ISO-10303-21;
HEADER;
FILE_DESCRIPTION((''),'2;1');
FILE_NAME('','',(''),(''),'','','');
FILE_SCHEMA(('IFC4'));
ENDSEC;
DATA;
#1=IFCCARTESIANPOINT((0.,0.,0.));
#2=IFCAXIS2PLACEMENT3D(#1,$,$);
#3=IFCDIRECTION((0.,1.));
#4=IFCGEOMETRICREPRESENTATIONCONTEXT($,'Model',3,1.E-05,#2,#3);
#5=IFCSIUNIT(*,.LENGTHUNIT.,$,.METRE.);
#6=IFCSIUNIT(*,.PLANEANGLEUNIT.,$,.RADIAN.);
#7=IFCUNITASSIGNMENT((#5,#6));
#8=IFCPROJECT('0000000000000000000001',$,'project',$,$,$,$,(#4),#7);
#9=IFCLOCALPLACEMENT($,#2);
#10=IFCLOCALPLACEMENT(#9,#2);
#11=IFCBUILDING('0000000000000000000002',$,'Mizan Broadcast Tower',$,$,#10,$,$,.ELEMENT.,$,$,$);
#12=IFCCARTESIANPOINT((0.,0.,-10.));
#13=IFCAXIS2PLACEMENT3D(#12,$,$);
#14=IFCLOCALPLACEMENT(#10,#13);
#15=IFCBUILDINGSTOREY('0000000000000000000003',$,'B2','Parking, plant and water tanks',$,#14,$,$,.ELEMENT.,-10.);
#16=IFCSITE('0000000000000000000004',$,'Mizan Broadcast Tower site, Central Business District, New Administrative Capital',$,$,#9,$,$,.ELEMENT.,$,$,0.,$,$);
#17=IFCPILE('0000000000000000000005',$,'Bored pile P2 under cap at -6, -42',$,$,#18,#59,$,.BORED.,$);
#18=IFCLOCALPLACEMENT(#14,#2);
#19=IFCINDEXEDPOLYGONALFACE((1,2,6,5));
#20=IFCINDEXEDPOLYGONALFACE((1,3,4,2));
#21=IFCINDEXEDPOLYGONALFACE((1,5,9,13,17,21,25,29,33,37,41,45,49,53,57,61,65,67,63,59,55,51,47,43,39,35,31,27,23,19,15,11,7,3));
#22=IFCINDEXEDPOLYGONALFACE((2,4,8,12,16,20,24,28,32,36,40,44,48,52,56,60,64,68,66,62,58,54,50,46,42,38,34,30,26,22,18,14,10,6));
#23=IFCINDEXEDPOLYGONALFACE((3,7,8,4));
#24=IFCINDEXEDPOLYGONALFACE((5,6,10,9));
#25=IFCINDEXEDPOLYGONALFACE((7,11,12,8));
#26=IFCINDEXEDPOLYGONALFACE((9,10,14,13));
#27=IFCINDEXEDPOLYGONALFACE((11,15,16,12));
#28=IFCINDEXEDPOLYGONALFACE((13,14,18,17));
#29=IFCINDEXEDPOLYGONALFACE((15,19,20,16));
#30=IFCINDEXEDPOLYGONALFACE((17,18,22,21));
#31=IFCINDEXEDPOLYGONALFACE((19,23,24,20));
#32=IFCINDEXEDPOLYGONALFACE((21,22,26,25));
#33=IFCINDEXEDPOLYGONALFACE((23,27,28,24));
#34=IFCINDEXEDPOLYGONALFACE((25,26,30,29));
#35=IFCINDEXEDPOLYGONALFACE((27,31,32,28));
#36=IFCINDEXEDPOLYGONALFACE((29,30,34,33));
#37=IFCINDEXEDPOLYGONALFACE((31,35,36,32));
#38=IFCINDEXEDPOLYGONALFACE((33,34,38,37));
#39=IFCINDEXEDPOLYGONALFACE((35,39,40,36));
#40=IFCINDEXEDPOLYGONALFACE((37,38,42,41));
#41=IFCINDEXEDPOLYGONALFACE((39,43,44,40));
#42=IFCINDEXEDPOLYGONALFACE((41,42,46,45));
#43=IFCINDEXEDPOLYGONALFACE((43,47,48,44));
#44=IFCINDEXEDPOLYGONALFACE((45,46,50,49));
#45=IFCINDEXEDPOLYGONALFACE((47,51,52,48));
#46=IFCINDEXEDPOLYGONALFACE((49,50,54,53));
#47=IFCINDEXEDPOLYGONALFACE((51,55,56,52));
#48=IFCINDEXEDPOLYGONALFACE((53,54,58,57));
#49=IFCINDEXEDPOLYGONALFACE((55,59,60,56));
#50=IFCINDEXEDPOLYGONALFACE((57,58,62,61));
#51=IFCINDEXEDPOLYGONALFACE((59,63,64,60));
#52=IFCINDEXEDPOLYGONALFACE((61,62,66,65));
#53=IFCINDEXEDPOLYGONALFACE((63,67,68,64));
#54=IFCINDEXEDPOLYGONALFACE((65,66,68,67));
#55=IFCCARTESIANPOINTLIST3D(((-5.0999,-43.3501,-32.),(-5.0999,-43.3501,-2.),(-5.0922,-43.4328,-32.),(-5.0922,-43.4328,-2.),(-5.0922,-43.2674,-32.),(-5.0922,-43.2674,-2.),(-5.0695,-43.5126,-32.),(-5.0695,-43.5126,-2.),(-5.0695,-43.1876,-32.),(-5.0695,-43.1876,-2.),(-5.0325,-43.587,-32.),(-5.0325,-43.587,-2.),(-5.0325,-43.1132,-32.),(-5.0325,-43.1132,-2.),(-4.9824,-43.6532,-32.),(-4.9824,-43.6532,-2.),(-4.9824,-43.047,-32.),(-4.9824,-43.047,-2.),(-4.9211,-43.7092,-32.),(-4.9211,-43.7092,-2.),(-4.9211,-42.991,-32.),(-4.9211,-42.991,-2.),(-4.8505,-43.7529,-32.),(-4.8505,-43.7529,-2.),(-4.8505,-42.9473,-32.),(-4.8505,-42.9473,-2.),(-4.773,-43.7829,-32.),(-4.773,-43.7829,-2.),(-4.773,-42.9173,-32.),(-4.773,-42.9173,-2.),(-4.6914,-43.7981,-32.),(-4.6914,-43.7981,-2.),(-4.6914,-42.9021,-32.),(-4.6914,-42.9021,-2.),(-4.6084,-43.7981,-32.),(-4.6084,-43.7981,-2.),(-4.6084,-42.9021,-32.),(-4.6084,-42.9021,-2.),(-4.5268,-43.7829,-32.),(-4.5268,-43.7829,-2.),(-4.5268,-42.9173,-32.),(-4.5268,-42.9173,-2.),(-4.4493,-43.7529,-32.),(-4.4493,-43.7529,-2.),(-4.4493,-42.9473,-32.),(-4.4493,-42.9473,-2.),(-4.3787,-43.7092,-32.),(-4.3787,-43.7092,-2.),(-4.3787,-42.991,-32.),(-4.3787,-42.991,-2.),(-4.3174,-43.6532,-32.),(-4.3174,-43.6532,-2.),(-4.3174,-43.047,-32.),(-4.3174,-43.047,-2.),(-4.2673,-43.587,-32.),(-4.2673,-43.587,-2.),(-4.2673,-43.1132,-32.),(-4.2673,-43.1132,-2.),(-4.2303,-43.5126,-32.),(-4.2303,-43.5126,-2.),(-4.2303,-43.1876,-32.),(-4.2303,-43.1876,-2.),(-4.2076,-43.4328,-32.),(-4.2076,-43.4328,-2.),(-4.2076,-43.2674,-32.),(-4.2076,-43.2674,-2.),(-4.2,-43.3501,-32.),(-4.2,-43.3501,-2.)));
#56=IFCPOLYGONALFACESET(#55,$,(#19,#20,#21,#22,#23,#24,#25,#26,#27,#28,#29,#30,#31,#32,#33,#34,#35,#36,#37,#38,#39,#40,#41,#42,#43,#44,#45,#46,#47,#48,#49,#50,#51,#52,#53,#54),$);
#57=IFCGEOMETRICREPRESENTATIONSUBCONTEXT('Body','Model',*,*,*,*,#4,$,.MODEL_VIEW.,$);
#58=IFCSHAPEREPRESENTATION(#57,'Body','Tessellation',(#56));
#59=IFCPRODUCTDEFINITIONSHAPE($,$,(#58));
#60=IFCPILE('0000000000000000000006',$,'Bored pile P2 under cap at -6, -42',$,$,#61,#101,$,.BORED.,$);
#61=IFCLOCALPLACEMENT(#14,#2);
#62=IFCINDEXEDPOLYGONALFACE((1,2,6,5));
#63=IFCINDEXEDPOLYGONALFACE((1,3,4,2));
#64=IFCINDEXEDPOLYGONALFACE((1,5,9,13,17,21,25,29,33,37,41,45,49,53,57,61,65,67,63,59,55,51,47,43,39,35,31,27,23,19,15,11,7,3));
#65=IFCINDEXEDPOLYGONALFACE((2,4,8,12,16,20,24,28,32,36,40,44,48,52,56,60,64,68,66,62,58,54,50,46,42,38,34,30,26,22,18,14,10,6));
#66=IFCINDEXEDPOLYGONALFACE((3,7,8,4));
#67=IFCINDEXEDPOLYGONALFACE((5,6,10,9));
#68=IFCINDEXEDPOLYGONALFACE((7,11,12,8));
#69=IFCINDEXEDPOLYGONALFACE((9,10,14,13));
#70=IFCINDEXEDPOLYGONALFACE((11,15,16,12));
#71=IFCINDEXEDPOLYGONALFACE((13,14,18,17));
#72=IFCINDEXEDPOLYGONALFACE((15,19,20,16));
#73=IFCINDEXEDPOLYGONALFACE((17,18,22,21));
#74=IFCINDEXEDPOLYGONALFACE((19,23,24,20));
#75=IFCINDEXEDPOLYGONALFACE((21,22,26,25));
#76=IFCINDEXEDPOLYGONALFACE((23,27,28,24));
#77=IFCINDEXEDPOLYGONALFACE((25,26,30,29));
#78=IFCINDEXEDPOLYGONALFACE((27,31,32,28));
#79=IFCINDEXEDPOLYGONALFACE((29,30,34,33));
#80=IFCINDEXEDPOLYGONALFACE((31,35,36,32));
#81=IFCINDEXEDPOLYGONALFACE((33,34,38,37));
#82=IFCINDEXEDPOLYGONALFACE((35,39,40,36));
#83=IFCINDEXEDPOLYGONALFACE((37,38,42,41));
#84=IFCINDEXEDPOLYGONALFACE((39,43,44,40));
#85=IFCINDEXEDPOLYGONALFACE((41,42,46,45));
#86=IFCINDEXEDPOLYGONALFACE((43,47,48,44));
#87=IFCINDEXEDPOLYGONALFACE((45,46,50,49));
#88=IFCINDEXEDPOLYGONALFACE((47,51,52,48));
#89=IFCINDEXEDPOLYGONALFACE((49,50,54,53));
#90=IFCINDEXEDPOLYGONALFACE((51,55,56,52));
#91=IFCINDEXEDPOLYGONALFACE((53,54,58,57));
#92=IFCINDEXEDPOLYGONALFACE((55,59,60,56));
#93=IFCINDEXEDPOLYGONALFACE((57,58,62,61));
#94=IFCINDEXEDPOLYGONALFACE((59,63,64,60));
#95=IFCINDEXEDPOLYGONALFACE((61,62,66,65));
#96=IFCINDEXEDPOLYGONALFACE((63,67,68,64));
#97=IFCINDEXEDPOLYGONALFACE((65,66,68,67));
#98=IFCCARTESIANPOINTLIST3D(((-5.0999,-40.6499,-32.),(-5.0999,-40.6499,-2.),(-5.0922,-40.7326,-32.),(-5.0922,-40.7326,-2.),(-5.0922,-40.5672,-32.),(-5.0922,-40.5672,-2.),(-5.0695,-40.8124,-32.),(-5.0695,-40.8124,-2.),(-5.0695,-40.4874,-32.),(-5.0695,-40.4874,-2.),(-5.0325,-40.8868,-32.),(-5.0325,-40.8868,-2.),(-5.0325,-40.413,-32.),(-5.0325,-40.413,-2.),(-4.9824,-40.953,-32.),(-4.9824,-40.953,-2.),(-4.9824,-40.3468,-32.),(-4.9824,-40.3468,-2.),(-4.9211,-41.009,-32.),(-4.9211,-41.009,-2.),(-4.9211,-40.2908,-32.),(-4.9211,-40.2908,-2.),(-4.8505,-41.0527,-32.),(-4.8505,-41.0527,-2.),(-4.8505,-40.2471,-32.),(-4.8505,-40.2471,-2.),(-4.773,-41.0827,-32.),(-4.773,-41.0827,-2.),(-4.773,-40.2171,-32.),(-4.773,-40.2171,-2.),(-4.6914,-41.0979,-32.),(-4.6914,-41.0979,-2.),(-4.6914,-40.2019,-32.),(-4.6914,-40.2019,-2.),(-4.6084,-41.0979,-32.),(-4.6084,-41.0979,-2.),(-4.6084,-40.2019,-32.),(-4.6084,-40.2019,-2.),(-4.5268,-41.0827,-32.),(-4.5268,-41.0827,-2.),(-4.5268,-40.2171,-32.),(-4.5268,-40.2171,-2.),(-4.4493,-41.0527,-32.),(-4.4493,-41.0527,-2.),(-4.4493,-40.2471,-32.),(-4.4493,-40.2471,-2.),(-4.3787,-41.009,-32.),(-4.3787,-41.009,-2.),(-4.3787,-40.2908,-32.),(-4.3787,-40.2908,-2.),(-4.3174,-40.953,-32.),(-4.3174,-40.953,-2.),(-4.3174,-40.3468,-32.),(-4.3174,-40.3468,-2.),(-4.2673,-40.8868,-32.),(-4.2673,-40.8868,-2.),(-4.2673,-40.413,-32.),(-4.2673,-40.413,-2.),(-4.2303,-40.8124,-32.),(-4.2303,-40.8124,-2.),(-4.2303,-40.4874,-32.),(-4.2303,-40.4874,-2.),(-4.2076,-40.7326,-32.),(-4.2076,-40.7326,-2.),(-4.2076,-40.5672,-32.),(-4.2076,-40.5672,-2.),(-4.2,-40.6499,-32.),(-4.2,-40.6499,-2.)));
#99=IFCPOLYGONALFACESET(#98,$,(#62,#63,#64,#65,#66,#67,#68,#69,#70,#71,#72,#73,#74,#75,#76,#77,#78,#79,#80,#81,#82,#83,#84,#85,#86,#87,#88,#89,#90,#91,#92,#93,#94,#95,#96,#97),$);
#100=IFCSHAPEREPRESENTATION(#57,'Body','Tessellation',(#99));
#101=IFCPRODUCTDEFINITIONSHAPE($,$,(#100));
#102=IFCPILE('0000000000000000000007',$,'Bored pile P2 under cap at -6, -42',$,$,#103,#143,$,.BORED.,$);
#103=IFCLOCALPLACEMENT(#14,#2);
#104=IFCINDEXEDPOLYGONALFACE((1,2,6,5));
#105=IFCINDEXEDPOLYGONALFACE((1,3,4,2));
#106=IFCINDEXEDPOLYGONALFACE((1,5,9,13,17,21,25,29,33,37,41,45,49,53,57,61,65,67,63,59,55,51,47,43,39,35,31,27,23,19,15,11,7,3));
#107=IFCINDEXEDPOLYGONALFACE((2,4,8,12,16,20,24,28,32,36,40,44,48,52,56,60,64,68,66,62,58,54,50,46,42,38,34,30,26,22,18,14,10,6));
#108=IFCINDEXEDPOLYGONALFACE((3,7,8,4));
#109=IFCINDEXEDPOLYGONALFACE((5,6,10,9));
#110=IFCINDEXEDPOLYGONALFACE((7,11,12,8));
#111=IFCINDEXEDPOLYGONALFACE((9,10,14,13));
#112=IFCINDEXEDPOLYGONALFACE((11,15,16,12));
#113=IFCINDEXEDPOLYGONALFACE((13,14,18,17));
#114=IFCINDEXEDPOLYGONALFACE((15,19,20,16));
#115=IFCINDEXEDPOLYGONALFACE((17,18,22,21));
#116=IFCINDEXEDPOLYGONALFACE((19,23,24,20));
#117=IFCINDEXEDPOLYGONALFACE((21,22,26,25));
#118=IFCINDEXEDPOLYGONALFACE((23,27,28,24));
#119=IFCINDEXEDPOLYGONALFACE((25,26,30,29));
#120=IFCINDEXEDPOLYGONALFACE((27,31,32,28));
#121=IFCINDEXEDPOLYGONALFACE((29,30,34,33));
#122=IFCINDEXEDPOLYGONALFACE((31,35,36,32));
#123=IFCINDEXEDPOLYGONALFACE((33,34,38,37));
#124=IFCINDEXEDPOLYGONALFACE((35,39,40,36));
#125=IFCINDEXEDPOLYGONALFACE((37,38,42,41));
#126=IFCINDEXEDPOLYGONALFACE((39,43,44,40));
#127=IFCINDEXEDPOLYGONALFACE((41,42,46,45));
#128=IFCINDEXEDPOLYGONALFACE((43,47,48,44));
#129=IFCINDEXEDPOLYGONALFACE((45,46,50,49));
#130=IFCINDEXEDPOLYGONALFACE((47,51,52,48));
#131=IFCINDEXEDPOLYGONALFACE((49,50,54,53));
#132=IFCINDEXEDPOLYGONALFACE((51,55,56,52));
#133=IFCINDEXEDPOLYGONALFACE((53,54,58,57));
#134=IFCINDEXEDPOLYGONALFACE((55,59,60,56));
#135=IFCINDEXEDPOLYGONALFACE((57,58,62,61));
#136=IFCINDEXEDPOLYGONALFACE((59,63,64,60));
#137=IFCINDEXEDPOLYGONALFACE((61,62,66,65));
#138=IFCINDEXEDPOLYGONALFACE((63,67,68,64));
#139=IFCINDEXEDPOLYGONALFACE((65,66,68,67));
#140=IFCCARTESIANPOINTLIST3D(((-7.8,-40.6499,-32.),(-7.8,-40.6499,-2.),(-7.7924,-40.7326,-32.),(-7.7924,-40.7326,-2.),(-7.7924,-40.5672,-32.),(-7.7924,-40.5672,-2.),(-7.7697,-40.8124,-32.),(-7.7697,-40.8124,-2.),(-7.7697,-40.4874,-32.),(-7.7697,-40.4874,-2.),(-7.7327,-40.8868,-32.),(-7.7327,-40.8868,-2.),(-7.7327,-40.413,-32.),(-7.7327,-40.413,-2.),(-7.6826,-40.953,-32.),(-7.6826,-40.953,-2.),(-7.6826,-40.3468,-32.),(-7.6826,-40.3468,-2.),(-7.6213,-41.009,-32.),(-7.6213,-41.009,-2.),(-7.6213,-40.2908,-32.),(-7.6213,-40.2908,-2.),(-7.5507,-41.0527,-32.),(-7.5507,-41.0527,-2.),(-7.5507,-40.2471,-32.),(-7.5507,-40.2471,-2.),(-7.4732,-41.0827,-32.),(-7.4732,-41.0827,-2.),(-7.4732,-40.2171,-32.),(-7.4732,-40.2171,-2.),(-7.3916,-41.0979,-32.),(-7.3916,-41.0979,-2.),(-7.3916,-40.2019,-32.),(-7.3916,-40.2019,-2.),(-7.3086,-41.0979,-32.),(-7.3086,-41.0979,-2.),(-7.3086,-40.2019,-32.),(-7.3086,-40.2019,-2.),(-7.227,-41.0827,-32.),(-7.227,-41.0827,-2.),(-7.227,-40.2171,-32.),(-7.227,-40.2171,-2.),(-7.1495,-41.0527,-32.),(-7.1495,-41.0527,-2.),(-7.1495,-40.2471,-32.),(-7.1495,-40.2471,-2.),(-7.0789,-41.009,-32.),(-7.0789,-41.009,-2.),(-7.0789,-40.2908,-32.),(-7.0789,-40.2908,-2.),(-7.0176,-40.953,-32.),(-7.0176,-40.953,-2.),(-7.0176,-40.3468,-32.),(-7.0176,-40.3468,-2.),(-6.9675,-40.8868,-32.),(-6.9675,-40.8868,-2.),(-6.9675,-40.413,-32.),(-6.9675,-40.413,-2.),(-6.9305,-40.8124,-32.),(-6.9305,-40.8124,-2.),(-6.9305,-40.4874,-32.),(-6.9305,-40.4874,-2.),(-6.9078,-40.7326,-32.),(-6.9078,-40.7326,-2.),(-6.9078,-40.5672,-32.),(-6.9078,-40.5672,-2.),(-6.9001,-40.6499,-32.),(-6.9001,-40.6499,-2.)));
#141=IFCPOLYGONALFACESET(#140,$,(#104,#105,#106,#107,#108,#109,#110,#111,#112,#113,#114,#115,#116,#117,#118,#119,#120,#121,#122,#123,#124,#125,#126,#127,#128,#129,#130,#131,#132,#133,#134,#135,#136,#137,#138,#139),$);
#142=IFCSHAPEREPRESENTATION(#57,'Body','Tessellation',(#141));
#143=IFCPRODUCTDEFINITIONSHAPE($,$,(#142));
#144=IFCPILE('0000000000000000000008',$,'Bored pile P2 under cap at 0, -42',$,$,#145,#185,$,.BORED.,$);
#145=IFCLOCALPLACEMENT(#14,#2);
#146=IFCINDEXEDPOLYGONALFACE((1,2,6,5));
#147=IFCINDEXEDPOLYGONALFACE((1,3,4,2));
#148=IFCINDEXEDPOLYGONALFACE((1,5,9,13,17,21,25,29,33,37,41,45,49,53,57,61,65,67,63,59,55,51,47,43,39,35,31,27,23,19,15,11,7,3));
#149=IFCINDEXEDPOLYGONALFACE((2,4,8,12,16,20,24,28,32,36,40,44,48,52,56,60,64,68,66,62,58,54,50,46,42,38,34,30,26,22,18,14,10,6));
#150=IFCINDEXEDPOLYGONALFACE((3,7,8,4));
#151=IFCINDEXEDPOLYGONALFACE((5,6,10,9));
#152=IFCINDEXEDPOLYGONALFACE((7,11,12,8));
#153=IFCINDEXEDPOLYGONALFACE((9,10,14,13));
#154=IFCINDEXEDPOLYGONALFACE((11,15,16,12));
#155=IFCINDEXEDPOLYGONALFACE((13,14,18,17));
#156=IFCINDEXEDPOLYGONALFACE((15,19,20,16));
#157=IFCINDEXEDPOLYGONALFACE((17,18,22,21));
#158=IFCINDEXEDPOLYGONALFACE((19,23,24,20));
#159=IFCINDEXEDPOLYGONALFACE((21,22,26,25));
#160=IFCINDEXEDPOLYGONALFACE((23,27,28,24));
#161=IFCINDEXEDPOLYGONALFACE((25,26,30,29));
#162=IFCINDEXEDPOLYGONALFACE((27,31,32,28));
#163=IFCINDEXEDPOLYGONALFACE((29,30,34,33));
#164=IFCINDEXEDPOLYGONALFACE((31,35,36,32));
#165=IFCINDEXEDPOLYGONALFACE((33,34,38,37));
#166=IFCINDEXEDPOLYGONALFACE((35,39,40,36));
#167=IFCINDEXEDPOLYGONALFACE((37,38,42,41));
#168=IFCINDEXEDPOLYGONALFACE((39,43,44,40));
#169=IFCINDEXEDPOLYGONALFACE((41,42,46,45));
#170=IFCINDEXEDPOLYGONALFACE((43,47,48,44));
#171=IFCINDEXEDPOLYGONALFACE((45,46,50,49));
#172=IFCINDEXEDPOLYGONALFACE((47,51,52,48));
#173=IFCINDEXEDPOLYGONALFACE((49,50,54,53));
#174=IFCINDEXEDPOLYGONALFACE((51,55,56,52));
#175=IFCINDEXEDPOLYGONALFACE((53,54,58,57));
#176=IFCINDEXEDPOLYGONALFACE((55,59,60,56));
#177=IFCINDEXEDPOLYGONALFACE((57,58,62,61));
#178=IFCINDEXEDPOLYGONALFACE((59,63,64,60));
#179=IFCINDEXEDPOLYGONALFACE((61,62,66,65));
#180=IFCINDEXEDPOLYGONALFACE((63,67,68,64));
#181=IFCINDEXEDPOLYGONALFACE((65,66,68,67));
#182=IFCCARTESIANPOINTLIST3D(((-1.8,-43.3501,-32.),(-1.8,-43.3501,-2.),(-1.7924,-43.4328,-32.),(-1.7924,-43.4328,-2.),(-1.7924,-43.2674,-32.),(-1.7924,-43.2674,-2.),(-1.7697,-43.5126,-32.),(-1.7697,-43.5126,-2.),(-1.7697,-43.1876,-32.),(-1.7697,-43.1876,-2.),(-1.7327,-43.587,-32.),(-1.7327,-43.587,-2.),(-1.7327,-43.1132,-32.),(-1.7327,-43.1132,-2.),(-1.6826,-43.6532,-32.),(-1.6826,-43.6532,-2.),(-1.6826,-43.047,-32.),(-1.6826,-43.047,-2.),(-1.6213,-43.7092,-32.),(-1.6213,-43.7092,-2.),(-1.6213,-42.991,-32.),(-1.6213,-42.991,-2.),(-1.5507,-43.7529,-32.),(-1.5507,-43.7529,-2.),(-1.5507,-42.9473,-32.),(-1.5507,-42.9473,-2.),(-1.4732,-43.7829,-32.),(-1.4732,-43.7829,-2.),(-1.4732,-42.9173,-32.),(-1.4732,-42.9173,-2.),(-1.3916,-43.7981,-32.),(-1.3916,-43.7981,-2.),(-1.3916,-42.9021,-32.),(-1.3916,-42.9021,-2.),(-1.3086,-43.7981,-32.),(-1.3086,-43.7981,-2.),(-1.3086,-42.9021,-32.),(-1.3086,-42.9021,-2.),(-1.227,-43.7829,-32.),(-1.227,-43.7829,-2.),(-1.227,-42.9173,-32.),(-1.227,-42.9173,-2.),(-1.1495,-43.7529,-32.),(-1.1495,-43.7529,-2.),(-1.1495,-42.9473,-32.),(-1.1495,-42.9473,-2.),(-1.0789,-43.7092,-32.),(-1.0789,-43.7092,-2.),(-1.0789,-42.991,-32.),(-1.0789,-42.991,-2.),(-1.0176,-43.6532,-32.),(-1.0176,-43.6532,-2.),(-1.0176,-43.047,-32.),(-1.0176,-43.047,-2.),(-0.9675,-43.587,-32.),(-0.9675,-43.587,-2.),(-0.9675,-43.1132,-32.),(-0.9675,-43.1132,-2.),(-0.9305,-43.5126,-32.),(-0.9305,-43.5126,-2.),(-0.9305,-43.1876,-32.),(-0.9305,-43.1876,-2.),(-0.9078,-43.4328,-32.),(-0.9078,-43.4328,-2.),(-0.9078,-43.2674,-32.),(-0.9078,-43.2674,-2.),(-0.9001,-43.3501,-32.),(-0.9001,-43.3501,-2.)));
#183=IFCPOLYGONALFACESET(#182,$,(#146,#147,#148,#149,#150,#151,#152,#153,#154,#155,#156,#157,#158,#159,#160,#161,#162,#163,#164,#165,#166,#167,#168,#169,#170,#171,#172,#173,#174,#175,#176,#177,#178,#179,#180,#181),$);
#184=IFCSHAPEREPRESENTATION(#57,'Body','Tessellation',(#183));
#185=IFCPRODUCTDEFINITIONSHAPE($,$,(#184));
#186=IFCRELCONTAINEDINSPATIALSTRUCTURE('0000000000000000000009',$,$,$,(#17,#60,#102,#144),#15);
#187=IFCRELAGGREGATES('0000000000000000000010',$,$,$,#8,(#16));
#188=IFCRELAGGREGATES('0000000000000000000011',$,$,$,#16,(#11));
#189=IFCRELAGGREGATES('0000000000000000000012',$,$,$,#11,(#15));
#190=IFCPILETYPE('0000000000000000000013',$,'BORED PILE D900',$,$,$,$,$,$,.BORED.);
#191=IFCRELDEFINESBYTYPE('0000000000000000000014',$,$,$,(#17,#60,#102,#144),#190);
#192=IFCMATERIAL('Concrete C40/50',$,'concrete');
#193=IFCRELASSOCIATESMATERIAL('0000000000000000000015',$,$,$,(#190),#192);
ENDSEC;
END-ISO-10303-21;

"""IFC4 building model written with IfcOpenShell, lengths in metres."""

from ifc_helpers import new_model, si_unit, direction, frame, origin, origin_2d, place, context, subcontext, project, spatial, circle, extrude, material, material_profile, profile_set, type_object, element, save


model = new_model("IFC4")

# Units and contexts
model_context = context("Model", 3, precision=1e-05, world=origin(), true_north=direction((0.0, 1.0)))
body_context = subcontext(model_context, "Body", "Model", "MODEL_VIEW")
ifc_project = project(units=[si_unit("LENGTHUNIT", "METRE"), si_unit("PLANEANGLEUNIT", "RADIAN")], contexts=[model_context])

# Site, building, storey
site_placement = place(None, origin())
site = spatial("IfcSite", under=ifc_project, at=site_placement, Name="Mizan Broadcast Tower site, Central Business District, New Administrative Capital", CompositionType="ELEMENT", RefElevation=0.0)
building_placement = place(site_placement, origin())
building = spatial("IfcBuilding", under=site, at=building_placement, Name="Mizan Broadcast Tower", CompositionType="ELEMENT")
storey_placement = place(building_placement, frame((0.0, 0.0, -10.0)))
storey = spatial("IfcBuildingStorey", under=building, at=storey_placement, Name="B2", Description="Parking, plant and water tanks", CompositionType="ELEMENT", Elevation=-10.0)

# Piles
ifc_material_1 = material(Name="Concrete C40/50", Category="concrete")
ifc_material_profile_1 = material_profile(ifc_material_1, circle(Radius=0.45, at=origin_2d()), Name="D900")
ifc_profile_set_1 = profile_set([ifc_material_profile_1], Name="Concrete C40/50")
pile_type_1 = type_object("IfcPileType", Name="BORED PILE D900", PredefinedType="BORED", material=ifc_profile_set_1)
for number, where, z_axis, x_axis, name in (
    (1, (-4.6499, -43.3501, -2.0), (0.0, 0.0, -1.0), (1.0, 0.0, 0.0), "Bored pile P2 under cap at -6, -42"),
    (2, (-4.6499, -40.6499, -2.0), (0.0, 0.0, -1.0), (1.0, 0.0, 0.0), "Bored pile P2 under cap at -6, -42"),
    (3, (-7.3501, -40.6499, -2.0), (0.0, 0.0, -1.0), (1.0, 0.0, 0.0), "Bored pile P2 under cap at -6, -42"),
    (4, (-1.3501, -43.3501, -2.0), (0.0, 0.0, -1.0), (1.0, 0.0, 0.0), "Bored pile P2 under cap at 0, -42"),
):
    element("IfcPile", number, at=place(storey_placement, frame(where, z_axis=z_axis, x_axis=x_axis)), inside=storey, type_object=pile_type_1, Name=name, PredefinedType="BORED", context=body_context, shape_type="SweptSolid", body=[
        extrude(circle(Radius=0.45, at=origin_2d()), origin(), (0.0, 0.0, 1.0), 30.0),
    ])

save(model, "model.ifc")
